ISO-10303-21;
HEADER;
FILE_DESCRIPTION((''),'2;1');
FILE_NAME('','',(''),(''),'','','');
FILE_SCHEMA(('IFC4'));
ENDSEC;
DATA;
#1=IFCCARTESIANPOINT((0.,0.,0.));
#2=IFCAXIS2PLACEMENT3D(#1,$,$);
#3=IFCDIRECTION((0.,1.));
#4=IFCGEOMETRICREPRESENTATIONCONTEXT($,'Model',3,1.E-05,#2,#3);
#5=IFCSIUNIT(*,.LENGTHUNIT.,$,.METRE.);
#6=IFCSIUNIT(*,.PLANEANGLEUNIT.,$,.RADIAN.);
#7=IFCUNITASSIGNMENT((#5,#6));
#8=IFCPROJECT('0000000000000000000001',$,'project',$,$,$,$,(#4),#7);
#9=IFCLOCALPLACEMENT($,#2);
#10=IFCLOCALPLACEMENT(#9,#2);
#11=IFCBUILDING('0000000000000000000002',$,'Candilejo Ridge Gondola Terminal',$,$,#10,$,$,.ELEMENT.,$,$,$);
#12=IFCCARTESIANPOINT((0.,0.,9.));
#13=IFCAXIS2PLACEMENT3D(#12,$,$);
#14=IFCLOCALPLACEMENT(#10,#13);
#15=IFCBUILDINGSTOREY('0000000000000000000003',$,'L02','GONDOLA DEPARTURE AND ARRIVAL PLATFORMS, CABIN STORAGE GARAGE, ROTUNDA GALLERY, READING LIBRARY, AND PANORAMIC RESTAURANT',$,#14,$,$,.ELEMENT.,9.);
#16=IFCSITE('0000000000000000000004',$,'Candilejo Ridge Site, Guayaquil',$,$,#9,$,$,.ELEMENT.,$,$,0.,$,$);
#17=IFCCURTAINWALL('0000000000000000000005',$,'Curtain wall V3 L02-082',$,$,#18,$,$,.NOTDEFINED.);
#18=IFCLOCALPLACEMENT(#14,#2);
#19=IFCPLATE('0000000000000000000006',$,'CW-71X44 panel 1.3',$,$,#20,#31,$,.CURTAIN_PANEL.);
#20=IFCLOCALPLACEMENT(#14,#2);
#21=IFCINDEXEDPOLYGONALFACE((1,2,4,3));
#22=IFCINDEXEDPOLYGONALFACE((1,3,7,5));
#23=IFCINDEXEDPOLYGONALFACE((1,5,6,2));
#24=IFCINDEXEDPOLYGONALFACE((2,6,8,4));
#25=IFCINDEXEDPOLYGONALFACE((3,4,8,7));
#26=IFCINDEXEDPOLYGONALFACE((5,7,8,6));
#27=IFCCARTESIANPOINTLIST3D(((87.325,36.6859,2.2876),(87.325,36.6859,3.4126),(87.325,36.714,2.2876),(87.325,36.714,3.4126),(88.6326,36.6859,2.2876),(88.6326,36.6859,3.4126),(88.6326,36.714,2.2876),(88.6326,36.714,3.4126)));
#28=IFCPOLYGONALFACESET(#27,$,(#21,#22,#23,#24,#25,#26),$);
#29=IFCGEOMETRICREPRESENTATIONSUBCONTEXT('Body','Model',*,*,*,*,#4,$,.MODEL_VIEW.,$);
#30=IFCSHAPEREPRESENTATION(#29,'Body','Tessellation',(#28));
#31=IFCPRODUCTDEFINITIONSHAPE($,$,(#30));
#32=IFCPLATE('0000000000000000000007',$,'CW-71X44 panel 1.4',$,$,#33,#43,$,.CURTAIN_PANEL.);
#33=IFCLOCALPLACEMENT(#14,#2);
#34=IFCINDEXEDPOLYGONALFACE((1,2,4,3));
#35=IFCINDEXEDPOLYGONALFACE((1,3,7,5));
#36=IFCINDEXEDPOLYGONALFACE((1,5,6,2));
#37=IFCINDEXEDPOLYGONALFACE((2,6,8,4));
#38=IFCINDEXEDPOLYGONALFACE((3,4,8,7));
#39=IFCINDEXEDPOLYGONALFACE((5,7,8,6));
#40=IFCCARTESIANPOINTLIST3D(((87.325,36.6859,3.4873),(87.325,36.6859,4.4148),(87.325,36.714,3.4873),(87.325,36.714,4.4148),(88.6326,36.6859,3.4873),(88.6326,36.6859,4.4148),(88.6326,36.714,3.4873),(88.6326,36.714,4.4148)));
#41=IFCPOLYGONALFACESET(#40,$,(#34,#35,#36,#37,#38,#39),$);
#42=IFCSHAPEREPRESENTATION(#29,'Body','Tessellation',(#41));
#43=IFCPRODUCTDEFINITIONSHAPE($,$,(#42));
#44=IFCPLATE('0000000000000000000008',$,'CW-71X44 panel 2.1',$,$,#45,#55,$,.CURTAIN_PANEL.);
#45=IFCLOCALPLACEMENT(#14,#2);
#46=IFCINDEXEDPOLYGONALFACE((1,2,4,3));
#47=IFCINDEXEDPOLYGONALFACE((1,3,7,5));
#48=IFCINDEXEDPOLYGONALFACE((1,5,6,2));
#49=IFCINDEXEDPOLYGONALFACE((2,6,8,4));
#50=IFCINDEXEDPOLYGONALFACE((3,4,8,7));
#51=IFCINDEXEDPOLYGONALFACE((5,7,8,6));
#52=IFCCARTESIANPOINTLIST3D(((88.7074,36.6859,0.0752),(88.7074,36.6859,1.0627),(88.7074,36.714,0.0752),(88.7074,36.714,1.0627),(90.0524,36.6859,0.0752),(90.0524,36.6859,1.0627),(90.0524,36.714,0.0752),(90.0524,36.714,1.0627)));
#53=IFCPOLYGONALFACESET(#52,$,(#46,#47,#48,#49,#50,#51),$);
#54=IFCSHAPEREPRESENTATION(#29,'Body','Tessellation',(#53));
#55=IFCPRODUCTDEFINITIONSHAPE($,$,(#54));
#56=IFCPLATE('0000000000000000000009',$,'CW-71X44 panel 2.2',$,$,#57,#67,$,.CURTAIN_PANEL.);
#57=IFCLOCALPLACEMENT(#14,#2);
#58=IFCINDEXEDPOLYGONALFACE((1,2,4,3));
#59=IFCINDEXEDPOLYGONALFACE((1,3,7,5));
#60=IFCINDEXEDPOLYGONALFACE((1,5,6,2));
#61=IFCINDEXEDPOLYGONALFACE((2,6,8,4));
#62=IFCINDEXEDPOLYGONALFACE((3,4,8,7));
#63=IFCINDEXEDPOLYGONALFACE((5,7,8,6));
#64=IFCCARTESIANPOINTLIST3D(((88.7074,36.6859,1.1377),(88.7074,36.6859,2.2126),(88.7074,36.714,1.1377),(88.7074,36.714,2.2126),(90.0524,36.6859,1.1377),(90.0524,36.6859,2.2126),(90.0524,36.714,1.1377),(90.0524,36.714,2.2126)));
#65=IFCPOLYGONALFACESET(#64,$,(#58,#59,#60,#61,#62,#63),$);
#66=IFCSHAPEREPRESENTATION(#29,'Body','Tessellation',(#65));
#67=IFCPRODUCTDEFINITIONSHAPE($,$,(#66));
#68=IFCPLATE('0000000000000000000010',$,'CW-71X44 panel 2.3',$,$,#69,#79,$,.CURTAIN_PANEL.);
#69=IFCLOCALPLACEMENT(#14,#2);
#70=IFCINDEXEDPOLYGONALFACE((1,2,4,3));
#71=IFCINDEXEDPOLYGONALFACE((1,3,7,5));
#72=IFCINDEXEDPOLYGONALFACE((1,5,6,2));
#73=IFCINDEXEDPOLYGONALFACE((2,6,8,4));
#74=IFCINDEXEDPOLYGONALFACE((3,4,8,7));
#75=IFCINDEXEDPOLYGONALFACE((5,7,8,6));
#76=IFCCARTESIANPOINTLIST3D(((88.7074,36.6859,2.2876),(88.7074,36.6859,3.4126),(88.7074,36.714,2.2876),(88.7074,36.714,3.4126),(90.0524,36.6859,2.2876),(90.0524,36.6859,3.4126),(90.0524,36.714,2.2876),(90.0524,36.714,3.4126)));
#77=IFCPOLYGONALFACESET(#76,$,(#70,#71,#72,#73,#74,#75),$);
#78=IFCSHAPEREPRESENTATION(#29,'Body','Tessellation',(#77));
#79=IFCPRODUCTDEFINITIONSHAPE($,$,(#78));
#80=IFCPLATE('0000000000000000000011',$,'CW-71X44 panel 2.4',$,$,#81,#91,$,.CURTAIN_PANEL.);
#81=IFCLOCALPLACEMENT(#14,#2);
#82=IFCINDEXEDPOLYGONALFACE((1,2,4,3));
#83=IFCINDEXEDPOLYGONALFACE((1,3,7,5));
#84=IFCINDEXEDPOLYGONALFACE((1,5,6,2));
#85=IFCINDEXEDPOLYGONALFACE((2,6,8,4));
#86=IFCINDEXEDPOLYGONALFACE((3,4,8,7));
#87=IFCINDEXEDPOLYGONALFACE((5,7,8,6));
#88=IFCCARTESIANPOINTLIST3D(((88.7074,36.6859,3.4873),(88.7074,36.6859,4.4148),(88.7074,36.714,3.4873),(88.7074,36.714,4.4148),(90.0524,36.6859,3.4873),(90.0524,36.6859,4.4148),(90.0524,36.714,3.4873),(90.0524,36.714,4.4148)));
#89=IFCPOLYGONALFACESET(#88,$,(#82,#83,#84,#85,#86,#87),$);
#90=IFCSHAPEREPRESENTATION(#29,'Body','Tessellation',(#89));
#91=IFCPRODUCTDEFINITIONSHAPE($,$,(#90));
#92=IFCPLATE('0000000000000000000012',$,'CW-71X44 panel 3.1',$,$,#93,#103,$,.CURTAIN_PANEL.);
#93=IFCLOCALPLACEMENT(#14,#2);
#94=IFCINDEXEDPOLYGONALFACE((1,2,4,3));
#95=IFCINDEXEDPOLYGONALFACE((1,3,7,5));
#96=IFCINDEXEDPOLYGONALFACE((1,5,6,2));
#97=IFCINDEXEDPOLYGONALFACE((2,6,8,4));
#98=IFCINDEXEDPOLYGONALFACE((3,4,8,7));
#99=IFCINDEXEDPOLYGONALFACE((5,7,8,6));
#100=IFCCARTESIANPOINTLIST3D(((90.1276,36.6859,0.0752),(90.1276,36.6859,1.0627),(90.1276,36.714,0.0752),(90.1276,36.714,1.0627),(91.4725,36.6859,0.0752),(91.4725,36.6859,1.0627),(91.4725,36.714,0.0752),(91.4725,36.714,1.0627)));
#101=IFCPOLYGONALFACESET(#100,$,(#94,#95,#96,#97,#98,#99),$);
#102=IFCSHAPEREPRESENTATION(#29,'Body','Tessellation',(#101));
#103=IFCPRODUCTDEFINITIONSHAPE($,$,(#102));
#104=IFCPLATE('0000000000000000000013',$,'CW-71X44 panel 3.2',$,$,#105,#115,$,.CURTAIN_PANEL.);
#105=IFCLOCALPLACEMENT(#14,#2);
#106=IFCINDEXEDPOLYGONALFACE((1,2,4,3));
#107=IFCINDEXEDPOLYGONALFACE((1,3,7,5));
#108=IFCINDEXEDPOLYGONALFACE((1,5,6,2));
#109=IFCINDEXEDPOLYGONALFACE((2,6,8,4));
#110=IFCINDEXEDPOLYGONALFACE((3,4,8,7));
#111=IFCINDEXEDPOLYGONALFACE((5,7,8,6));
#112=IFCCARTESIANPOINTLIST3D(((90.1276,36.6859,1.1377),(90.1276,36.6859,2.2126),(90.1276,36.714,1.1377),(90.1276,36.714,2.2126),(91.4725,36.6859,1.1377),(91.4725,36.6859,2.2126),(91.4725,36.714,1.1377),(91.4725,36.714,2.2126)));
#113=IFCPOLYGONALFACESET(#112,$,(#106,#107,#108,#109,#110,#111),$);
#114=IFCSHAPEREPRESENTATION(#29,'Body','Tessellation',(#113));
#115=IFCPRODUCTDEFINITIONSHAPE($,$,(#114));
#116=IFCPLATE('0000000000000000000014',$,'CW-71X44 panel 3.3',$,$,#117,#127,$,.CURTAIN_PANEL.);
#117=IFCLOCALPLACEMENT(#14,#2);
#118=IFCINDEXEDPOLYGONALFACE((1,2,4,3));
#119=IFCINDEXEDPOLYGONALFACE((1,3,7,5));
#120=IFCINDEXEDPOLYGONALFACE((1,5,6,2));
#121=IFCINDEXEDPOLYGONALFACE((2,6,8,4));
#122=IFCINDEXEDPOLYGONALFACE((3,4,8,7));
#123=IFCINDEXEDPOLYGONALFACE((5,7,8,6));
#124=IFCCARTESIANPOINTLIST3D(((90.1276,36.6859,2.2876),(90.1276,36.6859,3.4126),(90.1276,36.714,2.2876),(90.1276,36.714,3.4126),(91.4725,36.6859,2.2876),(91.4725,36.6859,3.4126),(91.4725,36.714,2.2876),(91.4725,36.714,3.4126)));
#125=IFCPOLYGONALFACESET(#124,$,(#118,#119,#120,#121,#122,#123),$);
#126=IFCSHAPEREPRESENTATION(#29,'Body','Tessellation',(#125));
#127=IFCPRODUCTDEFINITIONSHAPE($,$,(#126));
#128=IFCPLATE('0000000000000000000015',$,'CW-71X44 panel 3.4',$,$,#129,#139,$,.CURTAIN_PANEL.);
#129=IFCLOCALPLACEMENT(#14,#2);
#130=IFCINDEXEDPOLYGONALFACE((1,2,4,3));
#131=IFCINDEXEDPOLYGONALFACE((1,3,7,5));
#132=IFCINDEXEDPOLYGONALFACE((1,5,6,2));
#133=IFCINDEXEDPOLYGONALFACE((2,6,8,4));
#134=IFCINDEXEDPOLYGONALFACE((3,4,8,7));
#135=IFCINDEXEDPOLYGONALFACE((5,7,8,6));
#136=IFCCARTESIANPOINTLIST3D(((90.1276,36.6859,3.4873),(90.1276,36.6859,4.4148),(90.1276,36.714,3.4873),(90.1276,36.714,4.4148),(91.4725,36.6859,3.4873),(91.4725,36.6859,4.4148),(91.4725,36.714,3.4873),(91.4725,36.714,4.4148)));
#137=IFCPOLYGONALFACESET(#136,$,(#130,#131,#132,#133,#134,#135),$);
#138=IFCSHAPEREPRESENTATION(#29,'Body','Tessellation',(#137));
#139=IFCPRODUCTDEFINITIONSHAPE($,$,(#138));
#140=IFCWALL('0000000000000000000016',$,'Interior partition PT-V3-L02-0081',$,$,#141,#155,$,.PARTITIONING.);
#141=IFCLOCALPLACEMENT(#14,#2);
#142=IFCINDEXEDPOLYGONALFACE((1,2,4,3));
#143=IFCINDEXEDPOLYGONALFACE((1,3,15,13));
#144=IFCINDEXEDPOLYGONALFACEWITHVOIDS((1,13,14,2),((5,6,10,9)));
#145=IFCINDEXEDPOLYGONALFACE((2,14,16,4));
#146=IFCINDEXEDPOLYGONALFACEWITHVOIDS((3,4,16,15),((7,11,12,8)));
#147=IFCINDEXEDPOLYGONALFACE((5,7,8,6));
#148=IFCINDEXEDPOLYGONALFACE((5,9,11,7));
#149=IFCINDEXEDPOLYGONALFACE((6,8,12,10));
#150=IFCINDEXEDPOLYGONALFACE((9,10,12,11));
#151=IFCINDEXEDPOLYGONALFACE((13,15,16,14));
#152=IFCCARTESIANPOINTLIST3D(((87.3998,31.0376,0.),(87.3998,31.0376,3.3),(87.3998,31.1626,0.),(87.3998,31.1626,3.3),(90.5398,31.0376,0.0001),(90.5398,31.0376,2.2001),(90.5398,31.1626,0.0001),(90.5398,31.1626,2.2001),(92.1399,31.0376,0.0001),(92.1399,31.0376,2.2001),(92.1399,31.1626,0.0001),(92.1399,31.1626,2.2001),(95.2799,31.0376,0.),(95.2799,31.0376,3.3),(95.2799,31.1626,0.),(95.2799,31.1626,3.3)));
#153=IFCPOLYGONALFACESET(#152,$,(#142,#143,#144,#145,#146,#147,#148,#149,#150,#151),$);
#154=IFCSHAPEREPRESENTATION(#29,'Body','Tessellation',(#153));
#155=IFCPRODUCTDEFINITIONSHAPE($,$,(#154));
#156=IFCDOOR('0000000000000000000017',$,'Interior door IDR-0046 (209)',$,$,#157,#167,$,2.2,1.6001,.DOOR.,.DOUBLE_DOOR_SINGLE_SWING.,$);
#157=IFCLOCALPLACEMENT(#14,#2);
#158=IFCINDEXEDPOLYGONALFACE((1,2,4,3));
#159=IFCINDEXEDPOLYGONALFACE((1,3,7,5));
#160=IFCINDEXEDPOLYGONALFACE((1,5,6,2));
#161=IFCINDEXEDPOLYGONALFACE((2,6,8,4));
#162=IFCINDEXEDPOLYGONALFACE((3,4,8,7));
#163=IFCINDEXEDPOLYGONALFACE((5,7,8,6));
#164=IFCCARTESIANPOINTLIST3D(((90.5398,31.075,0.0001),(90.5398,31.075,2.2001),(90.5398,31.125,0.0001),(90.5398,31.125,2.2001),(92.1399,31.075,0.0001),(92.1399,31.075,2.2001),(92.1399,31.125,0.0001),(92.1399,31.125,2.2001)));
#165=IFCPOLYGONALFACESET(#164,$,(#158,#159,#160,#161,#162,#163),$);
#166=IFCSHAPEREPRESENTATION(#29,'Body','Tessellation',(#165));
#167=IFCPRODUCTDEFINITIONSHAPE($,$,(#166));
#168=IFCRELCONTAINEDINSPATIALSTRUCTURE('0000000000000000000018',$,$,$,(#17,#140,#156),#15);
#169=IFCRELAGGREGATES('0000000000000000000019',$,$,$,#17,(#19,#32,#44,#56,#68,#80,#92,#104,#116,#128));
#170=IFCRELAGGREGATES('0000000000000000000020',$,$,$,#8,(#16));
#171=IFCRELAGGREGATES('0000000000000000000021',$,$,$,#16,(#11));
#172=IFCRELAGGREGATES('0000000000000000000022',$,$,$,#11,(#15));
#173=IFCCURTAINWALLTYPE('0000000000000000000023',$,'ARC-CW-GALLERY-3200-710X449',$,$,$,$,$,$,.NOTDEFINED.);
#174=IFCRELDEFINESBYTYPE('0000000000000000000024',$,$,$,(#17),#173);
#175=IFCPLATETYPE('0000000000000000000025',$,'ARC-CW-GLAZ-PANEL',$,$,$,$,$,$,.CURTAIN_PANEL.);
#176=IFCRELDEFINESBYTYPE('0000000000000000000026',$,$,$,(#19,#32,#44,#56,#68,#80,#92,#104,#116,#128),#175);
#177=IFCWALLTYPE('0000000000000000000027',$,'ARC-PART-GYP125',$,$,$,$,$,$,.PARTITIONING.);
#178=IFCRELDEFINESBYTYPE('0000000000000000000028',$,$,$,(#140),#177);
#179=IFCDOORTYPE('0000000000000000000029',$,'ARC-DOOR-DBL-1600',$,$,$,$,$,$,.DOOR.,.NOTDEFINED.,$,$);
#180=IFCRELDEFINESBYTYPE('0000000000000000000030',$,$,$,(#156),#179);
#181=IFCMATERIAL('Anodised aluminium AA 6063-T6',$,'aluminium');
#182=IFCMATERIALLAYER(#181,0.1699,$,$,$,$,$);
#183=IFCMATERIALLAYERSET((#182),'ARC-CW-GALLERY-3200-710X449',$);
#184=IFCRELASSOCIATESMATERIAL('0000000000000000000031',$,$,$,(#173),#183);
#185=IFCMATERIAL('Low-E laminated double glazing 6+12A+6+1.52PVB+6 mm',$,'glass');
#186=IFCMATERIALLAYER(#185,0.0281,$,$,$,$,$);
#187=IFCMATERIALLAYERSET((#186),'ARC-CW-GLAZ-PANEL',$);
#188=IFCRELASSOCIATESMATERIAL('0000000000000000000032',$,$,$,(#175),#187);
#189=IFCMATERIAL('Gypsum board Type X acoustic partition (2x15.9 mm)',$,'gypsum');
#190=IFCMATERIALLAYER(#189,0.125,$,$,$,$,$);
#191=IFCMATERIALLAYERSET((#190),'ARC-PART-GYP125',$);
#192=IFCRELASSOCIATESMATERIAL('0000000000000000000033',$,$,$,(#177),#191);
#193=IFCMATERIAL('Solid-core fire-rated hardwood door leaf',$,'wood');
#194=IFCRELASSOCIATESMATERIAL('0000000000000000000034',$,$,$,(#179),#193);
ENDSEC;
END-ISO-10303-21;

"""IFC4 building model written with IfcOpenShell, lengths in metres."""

from ifc_helpers import new_model, si_unit, direction, frame, frame_2d, origin, origin_2d, place, context, subcontext, project, spatial, rectangle, extrude, material, layer, layer_set, type_object, element, fill, aggregate, save


model = new_model("IFC4")

# Units and contexts
model_context = context("Model", 3, precision=1e-05, world=origin(), true_north=direction((0.0, 1.0)))
body_context = subcontext(model_context, "Body", "Model", "MODEL_VIEW")
ifc_project = project(units=[si_unit("LENGTHUNIT", "METRE"), si_unit("PLANEANGLEUNIT", "RADIAN")], contexts=[model_context])

# Site, building, storey
site_placement = place(None, origin())
site = spatial("IfcSite", under=ifc_project, at=site_placement, Name="Candilejo Ridge Site, Guayaquil", CompositionType="ELEMENT", RefElevation=0.0)
building_placement = place(site_placement, origin())
building = spatial("IfcBuilding", under=site, at=building_placement, Name="Candilejo Ridge Gondola Terminal", CompositionType="ELEMENT")
storey_placement = place(building_placement, frame((0.0, 0.0, 9.0)))
storey = spatial("IfcBuildingStorey", under=building, at=storey_placement, Name="L02", Description="GONDOLA DEPARTURE AND ARRIVAL PLATFORMS, CABIN STORAGE GARAGE, ROTUNDA GALLERY, READING LIBRARY, AND PANORAMIC RESTAURANT", CompositionType="ELEMENT", Elevation=9.0)

# Curtain wall
ifc_material_1 = material(Name="Anodised aluminium AA 6063-T6", Category="aluminium")
ifc_layer_1 = layer(ifc_material_1, 0.1699)
ifc_layer_set_1 = layer_set([ifc_layer_1], Name="ARC-CW-GALLERY-3200-710X449")
curtain_wall_type = type_object("IfcCurtainWallType", Name="ARC-CW-GALLERY-3200-710X449", PredefinedType="NOTDEFINED", material=ifc_layer_set_1)
curtain_wall_placement = place(storey_placement, origin())
curtain_wall = element("IfcCurtainWall", 1, at=curtain_wall_placement, inside=storey, type_object=curtain_wall_type, Name="Curtain wall V3 L02-082", PredefinedType="NOTDEFINED")

# Plates
ifc_material_2 = material(Name="Low-E laminated double glazing 6+12A+6+1.52PVB+6 mm", Category="glass")
ifc_layer_2 = layer(ifc_material_2, 0.0281)
ifc_layer_set_2 = layer_set([ifc_layer_2], Name="ARC-CW-GLAZ-PANEL")
plate_type = type_object("IfcPlateType", Name="ARC-CW-GLAZ-PANEL", PredefinedType="CURTAIN_PANEL", material=ifc_layer_set_2)
plate_1_placement = place(storey_placement, frame((87.9788, 36.7, 2.2876), z_axis=(0.0, 0.0, 1.0), x_axis=(1.0, 0.0, 0.0)))
plate_1 = element("IfcPlate", 2, at=plate_1_placement, type_object=plate_type, Name="CW-71X44 panel 1.3", PredefinedType="CURTAIN_PANEL", context=body_context, shape_type="SweptSolid", body=[
    extrude(rectangle(XDim=1.3076, YDim=0.0281, at=origin_2d()), origin(), (0.0, 0.0, 1.0), 1.125),
])
plate_2_placement = place(storey_placement, frame((87.9788, 36.7, 3.4873), z_axis=(0.0, 0.0, 1.0), x_axis=(1.0, 0.0, 0.0)))
plate_2 = element("IfcPlate", 3, at=plate_2_placement, type_object=plate_type, Name="CW-71X44 panel 1.4", PredefinedType="CURTAIN_PANEL", context=body_context, shape_type="SweptSolid", body=[
    extrude(rectangle(XDim=1.3076, YDim=0.0281, at=origin_2d()), origin(), (0.0, 0.0, 1.0), 0.9275),
])
plate_3_placement = place(storey_placement, frame((89.3799, 36.7, 0.0752), z_axis=(0.0, 0.0, 1.0), x_axis=(1.0, 0.0, 0.0)))
plate_3 = element("IfcPlate", 4, at=plate_3_placement, type_object=plate_type, Name="CW-71X44 panel 2.1", PredefinedType="CURTAIN_PANEL", context=body_context, shape_type="SweptSolid", body=[
    extrude(rectangle(XDim=1.345, YDim=0.0281, at=origin_2d()), origin(), (0.0, 0.0, 1.0), 0.9875),
])
plate_4_placement = place(storey_placement, frame((89.3799, 36.7, 1.1377), z_axis=(0.0, 0.0, 1.0), x_axis=(1.0, 0.0, 0.0)))
plate_4 = element("IfcPlate", 5, at=plate_4_placement, type_object=plate_type, Name="CW-71X44 panel 2.2", PredefinedType="CURTAIN_PANEL", context=body_context, shape_type="SweptSolid", body=[
    extrude(rectangle(XDim=1.345, YDim=0.0281, at=origin_2d()), origin(), (0.0, 0.0, 1.0), 1.075),
])
plate_5_placement = place(storey_placement, frame((89.3799, 36.7, 2.2876), z_axis=(0.0, 0.0, 1.0), x_axis=(1.0, 0.0, 0.0)))
plate_5 = element("IfcPlate", 6, at=plate_5_placement, type_object=plate_type, Name="CW-71X44 panel 2.3", PredefinedType="CURTAIN_PANEL", context=body_context, shape_type="SweptSolid", body=[
    extrude(rectangle(XDim=1.345, YDim=0.0281, at=origin_2d()), origin(), (0.0, 0.0, 1.0), 1.125),
])
plate_6_placement = place(storey_placement, frame((89.3799, 36.7, 3.4873), z_axis=(0.0, 0.0, 1.0), x_axis=(1.0, 0.0, 0.0)))
plate_6 = element("IfcPlate", 7, at=plate_6_placement, type_object=plate_type, Name="CW-71X44 panel 2.4", PredefinedType="CURTAIN_PANEL", context=body_context, shape_type="SweptSolid", body=[
    extrude(rectangle(XDim=1.345, YDim=0.0281, at=origin_2d()), origin(), (0.0, 0.0, 1.0), 0.9275),
])
plate_7_placement = place(storey_placement, frame((90.8, 36.7, 0.0752), z_axis=(0.0, 0.0, 1.0), x_axis=(1.0, 0.0, 0.0)))
plate_7 = element("IfcPlate", 8, at=plate_7_placement, type_object=plate_type, Name="CW-71X44 panel 3.1", PredefinedType="CURTAIN_PANEL", context=body_context, shape_type="SweptSolid", body=[
    extrude(rectangle(XDim=1.345, YDim=0.0281, at=origin_2d()), origin(), (0.0, 0.0, 1.0), 0.9875),
])
plate_8_placement = place(storey_placement, frame((90.8, 36.7, 1.1377), z_axis=(0.0, 0.0, 1.0), x_axis=(1.0, 0.0, 0.0)))
plate_8 = element("IfcPlate", 9, at=plate_8_placement, type_object=plate_type, Name="CW-71X44 panel 3.2", PredefinedType="CURTAIN_PANEL", context=body_context, shape_type="SweptSolid", body=[
    extrude(rectangle(XDim=1.345, YDim=0.0281, at=origin_2d()), origin(), (0.0, 0.0, 1.0), 1.075),
])
plate_9_placement = place(storey_placement, frame((90.8, 36.7, 2.2876), z_axis=(0.0, 0.0, 1.0), x_axis=(1.0, 0.0, 0.0)))
plate_9 = element("IfcPlate", 10, at=plate_9_placement, type_object=plate_type, Name="CW-71X44 panel 3.3", PredefinedType="CURTAIN_PANEL", context=body_context, shape_type="SweptSolid", body=[
    extrude(rectangle(XDim=1.345, YDim=0.0281, at=origin_2d()), origin(), (0.0, 0.0, 1.0), 1.125),
])
plate_10_placement = place(storey_placement, frame((90.8, 36.7, 3.4873), z_axis=(0.0, 0.0, 1.0), x_axis=(1.0, 0.0, 0.0)))
plate_10 = element("IfcPlate", 11, at=plate_10_placement, type_object=plate_type, Name="CW-71X44 panel 3.4", PredefinedType="CURTAIN_PANEL", context=body_context, shape_type="SweptSolid", body=[
    extrude(rectangle(XDim=1.345, YDim=0.0281, at=origin_2d()), origin(), (0.0, 0.0, 1.0), 0.9275),
])
aggregate(curtain_wall, [plate_1, plate_2, plate_3, plate_4, plate_5, plate_6, plate_7, plate_8, plate_9, plate_10])

# Wall, opening, door
ifc_material_3 = material(Name="Gypsum board Type X acoustic partition (2x15.9 mm)", Category="gypsum")
ifc_layer_3 = layer(ifc_material_3, 0.125)
ifc_layer_set_3 = layer_set([ifc_layer_3], Name="ARC-PART-GYP125")
wall_type_1 = type_object("IfcWallType", Name="ARC-PART-GYP125", PredefinedType="PARTITIONING", material=ifc_layer_set_3)
wall_1_placement = place(storey_placement, frame((87.3999, 31.1001, 0.0), z_axis=(0.0, 0.0, 1.0), x_axis=(1.0, 0.0, 0.0)))
wall_1 = element("IfcWall", 12, at=wall_1_placement, inside=storey, type_object=wall_type_1, Name="Interior partition PT-V3-L02-0081", PredefinedType="PARTITIONING", context=body_context, shape_type="SweptSolid", body=[
    extrude(rectangle(XDim=7.8801, YDim=0.125, at=frame_2d((3.9399, 0.0))), origin(), (0.0, 0.0, 1.0), 3.3),
])
opening_1_placement = place(wall_1_placement, frame((3.1399, 0.0, 0.0)))
opening_1 = element("IfcOpeningElement", 13, at=opening_1_placement, cuts=wall_1, PredefinedType="OPENING", context=body_context, shape_type="SweptSolid", body=[
    extrude(rectangle(XDim=1.6001, YDim=2.2, at=frame_2d((0.8, 1.1001))), frame((0.0, 0.0725, 0.0), z_axis=(0.0, -1.0, 0.0), x_axis=(1.0, 0.0, 0.0)), (0.0, 0.0, 1.0), 0.145),
])
ifc_material_4 = material(Name="Solid-core fire-rated hardwood door leaf", Category="wood")
door_type_1 = type_object("IfcDoorType", Name="ARC-DOOR-DBL-1600", OperationType="NOTDEFINED", PredefinedType="DOOR", material=ifc_material_4)
door_1_placement = place(opening_1_placement, origin())
door_1 = element("IfcDoor", 14, at=door_1_placement, inside=storey, type_object=door_type_1, Name="Interior door IDR-0046 (209)", OperationType="DOUBLE_DOOR_SINGLE_SWING", OverallHeight=2.2, OverallWidth=1.6001, PredefinedType="DOOR", context=body_context, shape_type="SweptSolid", body=[
    extrude(rectangle(XDim=1.6001, YDim=2.2, at=frame_2d((0.8, 1.1001))), frame((0.0, 0.0249, 0.0), z_axis=(0.0, -1.0, 0.0), x_axis=(1.0, 0.0, 0.0)), (0.0, 0.0, 1.0), 0.05),
])
fill(opening_1, door_1)

save(model, "model.ifc")
